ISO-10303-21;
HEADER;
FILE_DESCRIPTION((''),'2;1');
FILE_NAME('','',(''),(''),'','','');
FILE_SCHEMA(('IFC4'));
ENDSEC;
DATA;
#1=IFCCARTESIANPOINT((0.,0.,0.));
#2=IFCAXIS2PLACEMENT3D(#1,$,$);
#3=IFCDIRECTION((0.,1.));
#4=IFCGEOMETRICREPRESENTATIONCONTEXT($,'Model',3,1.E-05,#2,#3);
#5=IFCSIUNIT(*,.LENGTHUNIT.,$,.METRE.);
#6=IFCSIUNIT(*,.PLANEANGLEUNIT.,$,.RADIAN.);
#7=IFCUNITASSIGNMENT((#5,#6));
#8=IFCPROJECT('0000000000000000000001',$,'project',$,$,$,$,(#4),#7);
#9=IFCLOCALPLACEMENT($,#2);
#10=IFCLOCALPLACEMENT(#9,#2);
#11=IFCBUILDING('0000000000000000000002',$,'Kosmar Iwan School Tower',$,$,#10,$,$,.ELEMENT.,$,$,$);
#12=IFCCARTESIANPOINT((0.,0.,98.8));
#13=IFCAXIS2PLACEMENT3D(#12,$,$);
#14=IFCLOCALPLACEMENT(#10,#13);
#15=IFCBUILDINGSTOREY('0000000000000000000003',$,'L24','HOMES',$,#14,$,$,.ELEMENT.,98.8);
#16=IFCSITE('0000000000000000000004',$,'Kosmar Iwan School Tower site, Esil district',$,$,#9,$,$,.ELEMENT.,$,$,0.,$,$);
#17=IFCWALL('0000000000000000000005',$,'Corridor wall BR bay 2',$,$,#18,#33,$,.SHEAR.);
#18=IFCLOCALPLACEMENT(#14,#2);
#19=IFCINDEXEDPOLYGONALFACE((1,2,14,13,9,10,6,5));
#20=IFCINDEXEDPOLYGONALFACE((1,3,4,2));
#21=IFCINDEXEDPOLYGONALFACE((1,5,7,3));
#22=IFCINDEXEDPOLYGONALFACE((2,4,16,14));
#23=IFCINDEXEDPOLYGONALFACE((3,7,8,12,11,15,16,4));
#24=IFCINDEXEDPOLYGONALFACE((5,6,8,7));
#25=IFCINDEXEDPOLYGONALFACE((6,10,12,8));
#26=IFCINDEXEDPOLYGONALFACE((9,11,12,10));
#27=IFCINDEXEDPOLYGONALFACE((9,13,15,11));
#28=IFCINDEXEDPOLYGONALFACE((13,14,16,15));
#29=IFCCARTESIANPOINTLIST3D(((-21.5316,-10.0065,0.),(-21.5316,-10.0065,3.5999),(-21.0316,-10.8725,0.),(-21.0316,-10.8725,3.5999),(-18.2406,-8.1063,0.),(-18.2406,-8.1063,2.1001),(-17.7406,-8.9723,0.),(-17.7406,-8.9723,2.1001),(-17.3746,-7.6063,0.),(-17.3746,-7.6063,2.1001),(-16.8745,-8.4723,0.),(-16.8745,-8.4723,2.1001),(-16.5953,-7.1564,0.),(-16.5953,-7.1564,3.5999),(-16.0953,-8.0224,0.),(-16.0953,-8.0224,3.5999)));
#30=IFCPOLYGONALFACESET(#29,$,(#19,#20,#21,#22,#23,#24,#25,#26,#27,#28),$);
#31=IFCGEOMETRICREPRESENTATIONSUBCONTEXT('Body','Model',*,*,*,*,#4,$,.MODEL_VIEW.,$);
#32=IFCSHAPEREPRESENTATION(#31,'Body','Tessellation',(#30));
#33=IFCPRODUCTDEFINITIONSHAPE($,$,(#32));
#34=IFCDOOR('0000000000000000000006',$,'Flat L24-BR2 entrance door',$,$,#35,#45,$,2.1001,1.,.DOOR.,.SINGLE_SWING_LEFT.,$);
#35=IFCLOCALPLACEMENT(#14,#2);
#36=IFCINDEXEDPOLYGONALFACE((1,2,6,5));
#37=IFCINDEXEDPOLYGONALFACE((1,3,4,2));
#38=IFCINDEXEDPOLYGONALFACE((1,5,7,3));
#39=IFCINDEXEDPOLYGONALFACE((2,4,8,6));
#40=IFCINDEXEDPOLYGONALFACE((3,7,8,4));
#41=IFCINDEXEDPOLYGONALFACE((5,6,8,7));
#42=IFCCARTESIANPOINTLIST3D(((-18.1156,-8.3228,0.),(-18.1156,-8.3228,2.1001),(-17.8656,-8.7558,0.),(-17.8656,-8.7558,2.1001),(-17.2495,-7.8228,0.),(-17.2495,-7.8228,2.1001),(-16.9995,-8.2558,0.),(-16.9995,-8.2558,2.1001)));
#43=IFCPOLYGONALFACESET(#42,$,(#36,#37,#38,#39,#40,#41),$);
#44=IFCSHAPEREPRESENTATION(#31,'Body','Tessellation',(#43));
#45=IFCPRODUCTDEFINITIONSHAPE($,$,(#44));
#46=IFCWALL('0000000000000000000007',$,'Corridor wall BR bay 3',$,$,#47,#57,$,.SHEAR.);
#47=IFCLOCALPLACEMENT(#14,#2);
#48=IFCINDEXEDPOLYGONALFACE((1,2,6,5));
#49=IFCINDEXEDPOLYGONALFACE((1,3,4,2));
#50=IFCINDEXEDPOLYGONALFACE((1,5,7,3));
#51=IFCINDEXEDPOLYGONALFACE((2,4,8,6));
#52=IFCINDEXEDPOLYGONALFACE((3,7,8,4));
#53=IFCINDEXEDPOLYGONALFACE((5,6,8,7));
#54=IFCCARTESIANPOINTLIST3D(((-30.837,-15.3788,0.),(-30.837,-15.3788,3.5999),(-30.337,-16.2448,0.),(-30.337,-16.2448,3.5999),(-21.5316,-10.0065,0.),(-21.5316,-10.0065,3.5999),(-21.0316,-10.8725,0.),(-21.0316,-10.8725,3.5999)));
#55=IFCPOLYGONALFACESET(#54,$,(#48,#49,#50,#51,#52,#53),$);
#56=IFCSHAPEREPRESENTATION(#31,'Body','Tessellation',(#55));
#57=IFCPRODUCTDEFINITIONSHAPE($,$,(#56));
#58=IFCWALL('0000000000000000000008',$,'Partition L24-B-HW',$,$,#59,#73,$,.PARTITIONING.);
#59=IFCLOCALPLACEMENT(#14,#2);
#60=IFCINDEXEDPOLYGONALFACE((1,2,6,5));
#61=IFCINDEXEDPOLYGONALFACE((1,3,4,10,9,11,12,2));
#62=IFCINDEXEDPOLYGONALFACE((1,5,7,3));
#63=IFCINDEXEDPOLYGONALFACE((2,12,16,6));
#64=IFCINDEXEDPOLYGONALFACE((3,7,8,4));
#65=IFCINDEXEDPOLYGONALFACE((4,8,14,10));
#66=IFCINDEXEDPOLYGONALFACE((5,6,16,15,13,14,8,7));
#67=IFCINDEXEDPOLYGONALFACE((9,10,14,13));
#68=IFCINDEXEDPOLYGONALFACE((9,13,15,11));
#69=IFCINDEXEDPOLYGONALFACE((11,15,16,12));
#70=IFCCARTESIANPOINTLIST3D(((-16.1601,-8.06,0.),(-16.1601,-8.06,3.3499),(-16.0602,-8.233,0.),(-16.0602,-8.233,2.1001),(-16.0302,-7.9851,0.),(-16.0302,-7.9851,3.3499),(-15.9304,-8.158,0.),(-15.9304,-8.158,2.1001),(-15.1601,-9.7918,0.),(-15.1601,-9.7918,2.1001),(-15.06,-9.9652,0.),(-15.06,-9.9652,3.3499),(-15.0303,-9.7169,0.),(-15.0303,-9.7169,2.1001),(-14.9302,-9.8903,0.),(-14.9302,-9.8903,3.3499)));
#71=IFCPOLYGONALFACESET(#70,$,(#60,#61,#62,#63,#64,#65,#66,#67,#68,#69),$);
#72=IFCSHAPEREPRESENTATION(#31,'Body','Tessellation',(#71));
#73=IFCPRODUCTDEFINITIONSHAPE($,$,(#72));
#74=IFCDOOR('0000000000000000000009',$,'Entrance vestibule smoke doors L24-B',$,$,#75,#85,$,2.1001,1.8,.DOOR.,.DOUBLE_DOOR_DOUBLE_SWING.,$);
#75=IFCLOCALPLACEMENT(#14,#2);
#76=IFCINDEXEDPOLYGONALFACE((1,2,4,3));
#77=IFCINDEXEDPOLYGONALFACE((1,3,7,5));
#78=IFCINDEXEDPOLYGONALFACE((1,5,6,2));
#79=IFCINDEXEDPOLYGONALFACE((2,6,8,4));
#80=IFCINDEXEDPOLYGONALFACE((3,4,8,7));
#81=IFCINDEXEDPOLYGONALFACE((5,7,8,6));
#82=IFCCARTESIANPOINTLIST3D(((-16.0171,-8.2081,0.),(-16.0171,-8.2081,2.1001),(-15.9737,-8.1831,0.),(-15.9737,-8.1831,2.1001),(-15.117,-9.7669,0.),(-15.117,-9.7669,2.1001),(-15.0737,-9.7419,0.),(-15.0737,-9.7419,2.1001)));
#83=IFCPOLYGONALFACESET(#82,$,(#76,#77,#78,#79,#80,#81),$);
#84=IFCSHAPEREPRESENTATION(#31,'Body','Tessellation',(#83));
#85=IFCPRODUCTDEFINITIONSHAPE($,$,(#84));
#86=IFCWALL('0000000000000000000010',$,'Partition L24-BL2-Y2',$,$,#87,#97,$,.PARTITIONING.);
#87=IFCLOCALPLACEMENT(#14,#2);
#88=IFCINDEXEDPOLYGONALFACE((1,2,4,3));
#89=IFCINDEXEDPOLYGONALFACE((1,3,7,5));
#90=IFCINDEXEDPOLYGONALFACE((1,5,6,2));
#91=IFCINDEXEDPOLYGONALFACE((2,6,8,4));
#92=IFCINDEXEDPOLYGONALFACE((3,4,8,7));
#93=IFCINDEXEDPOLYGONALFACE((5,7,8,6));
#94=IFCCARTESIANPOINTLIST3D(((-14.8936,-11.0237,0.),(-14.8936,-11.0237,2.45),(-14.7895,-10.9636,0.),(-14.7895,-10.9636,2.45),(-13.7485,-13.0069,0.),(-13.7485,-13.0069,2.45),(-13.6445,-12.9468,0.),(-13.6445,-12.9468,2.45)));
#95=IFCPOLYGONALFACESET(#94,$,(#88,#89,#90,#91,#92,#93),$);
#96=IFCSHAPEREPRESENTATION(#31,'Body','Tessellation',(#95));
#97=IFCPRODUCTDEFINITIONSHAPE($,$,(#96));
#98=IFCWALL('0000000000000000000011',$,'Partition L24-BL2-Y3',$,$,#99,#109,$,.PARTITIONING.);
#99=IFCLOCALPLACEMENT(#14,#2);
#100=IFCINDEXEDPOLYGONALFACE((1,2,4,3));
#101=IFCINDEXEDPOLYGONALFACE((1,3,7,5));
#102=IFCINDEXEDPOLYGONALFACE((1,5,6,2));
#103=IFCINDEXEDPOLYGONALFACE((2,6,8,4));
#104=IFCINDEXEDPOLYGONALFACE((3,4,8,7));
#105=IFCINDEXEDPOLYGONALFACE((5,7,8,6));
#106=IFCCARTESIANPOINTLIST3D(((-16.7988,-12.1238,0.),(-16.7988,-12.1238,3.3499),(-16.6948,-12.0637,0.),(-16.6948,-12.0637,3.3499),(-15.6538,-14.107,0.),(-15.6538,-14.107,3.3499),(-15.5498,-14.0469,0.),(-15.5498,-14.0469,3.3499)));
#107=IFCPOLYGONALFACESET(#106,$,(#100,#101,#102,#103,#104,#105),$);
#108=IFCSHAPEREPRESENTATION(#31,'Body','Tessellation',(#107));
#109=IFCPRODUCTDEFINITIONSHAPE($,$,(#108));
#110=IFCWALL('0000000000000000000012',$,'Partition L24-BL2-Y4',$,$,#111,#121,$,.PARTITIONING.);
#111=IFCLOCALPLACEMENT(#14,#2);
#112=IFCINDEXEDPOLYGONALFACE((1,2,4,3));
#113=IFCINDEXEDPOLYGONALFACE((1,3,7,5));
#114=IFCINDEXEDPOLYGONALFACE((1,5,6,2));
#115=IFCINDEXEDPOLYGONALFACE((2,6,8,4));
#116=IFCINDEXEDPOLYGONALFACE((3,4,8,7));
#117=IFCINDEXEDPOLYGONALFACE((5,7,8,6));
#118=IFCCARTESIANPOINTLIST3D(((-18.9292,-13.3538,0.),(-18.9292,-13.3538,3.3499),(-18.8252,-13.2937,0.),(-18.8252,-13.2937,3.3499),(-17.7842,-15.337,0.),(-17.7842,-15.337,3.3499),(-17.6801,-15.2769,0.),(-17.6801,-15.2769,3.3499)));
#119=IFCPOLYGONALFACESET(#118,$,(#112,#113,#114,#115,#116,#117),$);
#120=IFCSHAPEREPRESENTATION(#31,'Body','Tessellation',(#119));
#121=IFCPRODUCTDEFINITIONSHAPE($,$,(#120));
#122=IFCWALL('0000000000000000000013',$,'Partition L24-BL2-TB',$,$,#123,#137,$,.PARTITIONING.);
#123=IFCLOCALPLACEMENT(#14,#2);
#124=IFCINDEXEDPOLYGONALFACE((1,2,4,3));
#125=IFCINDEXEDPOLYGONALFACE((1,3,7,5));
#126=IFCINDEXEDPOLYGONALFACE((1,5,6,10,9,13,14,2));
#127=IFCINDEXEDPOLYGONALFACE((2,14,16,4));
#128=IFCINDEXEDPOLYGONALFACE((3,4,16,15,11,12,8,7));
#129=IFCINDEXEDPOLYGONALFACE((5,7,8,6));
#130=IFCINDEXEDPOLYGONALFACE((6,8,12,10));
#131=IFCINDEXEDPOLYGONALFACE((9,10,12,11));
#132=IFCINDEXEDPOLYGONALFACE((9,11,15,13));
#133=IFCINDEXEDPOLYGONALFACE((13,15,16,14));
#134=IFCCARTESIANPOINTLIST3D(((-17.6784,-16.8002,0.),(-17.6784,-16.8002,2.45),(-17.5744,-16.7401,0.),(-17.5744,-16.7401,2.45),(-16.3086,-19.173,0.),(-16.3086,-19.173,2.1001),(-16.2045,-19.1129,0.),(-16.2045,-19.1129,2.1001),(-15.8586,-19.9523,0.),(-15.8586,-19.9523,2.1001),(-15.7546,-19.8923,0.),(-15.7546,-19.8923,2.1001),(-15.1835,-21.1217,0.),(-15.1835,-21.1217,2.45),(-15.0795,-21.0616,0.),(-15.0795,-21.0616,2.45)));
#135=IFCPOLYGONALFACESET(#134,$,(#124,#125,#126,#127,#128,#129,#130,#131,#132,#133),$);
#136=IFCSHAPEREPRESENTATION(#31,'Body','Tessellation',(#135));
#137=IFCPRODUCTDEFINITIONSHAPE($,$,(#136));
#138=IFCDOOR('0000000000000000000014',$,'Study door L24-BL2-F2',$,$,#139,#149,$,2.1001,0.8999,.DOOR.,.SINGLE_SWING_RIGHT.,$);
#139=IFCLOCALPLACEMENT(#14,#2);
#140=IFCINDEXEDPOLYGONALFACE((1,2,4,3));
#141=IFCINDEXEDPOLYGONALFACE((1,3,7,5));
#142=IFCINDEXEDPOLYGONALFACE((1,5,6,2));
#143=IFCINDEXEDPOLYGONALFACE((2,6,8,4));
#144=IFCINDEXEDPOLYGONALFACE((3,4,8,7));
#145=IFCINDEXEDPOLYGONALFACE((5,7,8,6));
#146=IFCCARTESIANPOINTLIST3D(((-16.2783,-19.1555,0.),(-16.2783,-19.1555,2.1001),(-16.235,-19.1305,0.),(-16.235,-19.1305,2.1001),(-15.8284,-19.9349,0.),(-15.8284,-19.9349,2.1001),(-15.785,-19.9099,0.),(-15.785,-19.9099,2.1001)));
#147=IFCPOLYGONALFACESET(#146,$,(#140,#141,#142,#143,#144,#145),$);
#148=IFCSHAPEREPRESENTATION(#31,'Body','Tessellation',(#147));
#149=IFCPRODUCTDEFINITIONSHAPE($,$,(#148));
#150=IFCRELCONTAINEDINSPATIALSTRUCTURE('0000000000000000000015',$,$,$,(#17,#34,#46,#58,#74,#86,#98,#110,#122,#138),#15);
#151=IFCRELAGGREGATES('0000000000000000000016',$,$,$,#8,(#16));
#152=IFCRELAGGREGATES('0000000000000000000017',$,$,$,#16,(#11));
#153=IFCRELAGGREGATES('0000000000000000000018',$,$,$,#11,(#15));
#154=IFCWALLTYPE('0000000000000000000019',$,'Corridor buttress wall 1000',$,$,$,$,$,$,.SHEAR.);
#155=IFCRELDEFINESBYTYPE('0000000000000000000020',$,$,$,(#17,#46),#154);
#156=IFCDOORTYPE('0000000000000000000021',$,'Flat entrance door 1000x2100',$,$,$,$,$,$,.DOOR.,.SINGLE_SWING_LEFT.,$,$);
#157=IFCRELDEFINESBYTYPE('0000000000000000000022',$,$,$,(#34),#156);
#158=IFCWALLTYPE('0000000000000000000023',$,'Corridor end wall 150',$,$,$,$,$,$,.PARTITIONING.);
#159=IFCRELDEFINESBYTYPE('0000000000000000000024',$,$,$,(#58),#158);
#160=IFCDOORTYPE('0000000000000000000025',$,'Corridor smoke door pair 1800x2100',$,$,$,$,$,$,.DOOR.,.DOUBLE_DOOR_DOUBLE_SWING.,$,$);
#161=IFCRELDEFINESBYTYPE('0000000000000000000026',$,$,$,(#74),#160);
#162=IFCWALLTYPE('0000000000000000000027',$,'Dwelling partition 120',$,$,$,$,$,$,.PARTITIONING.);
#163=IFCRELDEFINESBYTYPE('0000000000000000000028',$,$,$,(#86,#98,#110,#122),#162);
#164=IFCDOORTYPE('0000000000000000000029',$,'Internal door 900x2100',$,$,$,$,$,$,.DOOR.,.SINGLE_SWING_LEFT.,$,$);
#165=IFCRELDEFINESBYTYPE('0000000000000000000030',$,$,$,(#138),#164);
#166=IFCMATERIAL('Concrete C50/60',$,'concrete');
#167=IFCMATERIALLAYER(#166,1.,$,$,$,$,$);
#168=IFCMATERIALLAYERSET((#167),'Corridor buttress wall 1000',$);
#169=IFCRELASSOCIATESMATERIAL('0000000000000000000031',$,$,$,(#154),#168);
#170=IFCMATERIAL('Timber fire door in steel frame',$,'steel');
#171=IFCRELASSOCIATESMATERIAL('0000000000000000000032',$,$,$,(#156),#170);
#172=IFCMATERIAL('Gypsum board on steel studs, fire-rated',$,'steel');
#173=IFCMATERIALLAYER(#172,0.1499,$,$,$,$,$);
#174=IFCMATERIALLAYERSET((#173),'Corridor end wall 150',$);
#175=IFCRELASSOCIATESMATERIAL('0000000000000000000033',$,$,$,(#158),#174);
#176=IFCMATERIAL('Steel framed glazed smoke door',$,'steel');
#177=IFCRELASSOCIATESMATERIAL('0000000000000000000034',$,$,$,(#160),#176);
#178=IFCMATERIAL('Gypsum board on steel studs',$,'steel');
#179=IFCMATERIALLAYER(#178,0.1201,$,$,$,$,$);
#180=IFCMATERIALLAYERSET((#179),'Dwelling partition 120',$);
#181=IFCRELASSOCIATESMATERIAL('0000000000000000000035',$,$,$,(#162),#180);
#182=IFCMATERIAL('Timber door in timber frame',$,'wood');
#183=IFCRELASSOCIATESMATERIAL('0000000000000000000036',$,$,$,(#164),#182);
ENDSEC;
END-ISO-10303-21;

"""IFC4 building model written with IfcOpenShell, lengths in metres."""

from ifc_helpers import new_model, si_unit, direction, frame, frame_2d, origin, place, context, subcontext, project, spatial, rectangle, extrude, material, layer, layer_set, type_object, element, fill, save


model = new_model("IFC4")

# Units and contexts
model_context = context("Model", 3, precision=1e-05, world=origin(), true_north=direction((0.0, 1.0)))
body_context = subcontext(model_context, "Body", "Model", "MODEL_VIEW")
ifc_project = project(units=[si_unit("LENGTHUNIT", "METRE"), si_unit("PLANEANGLEUNIT", "RADIAN")], contexts=[model_context])

# Site, building, storey
site_placement = place(None, origin())
site = spatial("IfcSite", under=ifc_project, at=site_placement, Name="Kosmar Iwan School Tower site, Esil district", CompositionType="ELEMENT", RefElevation=0.0)
building_placement = place(site_placement, origin())
building = spatial("IfcBuilding", under=site, at=building_placement, Name="Kosmar Iwan School Tower", CompositionType="ELEMENT")
storey_placement = place(building_placement, frame((0.0, 0.0, 98.8)))
storey = spatial("IfcBuildingStorey", under=building, at=storey_placement, Name="L24", Description="HOMES", CompositionType="ELEMENT", Elevation=98.8)

# Wall, opening, door
ifc_material_1 = material(Name="Concrete C50/60", Category="concrete")
ifc_layer_1 = layer(ifc_material_1, 1.0)
ifc_layer_set_1 = layer_set([ifc_layer_1], Name="Corridor buttress wall 1000")
wall_type_1 = type_object("IfcWallType", Name="Corridor buttress wall 1000", PredefinedType="SHEAR", material=ifc_layer_set_1)
ifc_material_2 = material(Name="Timber fire door in steel frame", Category="steel")
door_type_1 = type_object("IfcDoorType", Name="Flat entrance door 1000x2100", OperationType="SINGLE_SWING_LEFT", PredefinedType="DOOR", material=ifc_material_2)
wall_1_placement = place(storey_placement, frame((-16.3452, -7.5894, 0.0), z_axis=(0.0, 0.0, 1.0), x_axis=(-0.866015, -0.500018, 0.0)))
wall_1 = element("IfcWall", 1, at=wall_1_placement, inside=storey, type_object=wall_type_1, Name="Corridor wall BR bay 2", PredefinedType="SHEAR", context=body_context, shape_type="SweptSolid", body=[
    extrude(rectangle(XDim=5.7, YDim=1.0, at=frame_2d((2.8501, 0.0))), origin(), (0.0, 0.0, 1.0), 3.5999),
])
opening_1_placement = place(wall_1_placement, frame((0.8999, 0.0, 0.0)))
opening_1 = element("IfcOpeningElement", 2, at=opening_1_placement, cuts=wall_1, PredefinedType="OPENING", context=body_context, shape_type="SweptSolid", body=[
    extrude(rectangle(XDim=1.0, YDim=2.1001, at=frame_2d((0.5, 1.05))), frame((0.0, 0.512, 0.0), z_axis=(0.0, -1.0, 0.0), x_axis=(1.0, 0.0, 0.0)), (0.0, 0.0, 1.0), 1.0239),
])
door_1_placement = place(opening_1_placement, origin())
door_1 = element("IfcDoor", 3, at=door_1_placement, inside=storey, type_object=door_type_1, Name="Flat L24-BR2 entrance door", OperationType="SINGLE_SWING_LEFT", OverallHeight=2.1001, OverallWidth=1.0, PredefinedType="DOOR", context=body_context, shape_type="SweptSolid", body=[
    extrude(rectangle(XDim=1.0, YDim=2.1001, at=frame_2d((0.5, 1.05))), frame((0.0, 0.25, 0.0), z_axis=(0.0, -1.0, 0.0), x_axis=(1.0, 0.0, 0.0)), (0.0, 0.0, 1.0), 0.5),
])
fill(opening_1, door_1)

# Wall
wall_2_placement = place(storey_placement, frame((-21.2815, -10.4395, 0.0), z_axis=(0.0, 0.0, 1.0), x_axis=(-0.866032, -0.499988, 0.0)))
element("IfcWall", 4, at=wall_2_placement, inside=storey, type_object=wall_type_1, Name="Corridor wall BR bay 3", PredefinedType="SHEAR", context=body_context, shape_type="SweptSolid", body=[
    extrude(rectangle(XDim=10.7449, YDim=1.0, at=frame_2d((5.3726, 0.0))), origin(), (0.0, 0.0, 1.0), 3.5999),
])

# Wall, opening, door
ifc_material_3 = material(Name="Gypsum board on steel studs, fire-rated", Category="steel")
ifc_layer_2 = layer(ifc_material_3, 0.1499)
ifc_layer_set_2 = layer_set([ifc_layer_2], Name="Corridor end wall 150")
wall_type_2 = type_object("IfcWallType", Name="Corridor end wall 150", PredefinedType="PARTITIONING", material=ifc_layer_set_2)
wall_3_placement = place(storey_placement, frame((-16.0952, -8.0225, 0.0), z_axis=(0.0, 0.0, 1.0), x_axis=(0.50003, -0.866008, 0.0)))
wall_3 = element("IfcWall", 5, at=wall_3_placement, inside=storey, type_object=wall_type_2, Name="Partition L24-B-HW", PredefinedType="PARTITIONING", context=body_context, shape_type="SweptSolid", body=[
    extrude(rectangle(XDim=2.2, YDim=0.1499, at=frame_2d((1.1001, 0.0))), origin(), (0.0, 0.0, 1.0), 3.3499),
])
opening_2_placement = place(wall_3_placement, frame((0.2, 0.0, 0.0)))
opening_2 = element("IfcOpeningElement", 6, at=opening_2_placement, cuts=wall_3, PredefinedType="OPENING", context=body_context, shape_type="SweptSolid", body=[
    extrude(rectangle(XDim=1.8, YDim=2.1001, at=frame_2d((0.8999, 1.05))), frame((0.0, 0.0869, 0.0), z_axis=(0.0, -1.0, 0.0), x_axis=(1.0, 0.0, 0.0)), (0.0, 0.0, 1.0), 0.1738),
])
ifc_material_4 = material(Name="Steel framed glazed smoke door", Category="steel")
door_type_2 = type_object("IfcDoorType", Name="Corridor smoke door pair 1800x2100", OperationType="DOUBLE_DOOR_DOUBLE_SWING", PredefinedType="DOOR", material=ifc_material_4)
door_2_placement = place(opening_2_placement, origin())
door_2 = element("IfcDoor", 7, at=door_2_placement, inside=storey, type_object=door_type_2, Name="Entrance vestibule smoke doors L24-B", OperationType="DOUBLE_DOOR_DOUBLE_SWING", OverallHeight=2.1001, OverallWidth=1.8, PredefinedType="DOOR", context=body_context, shape_type="SweptSolid", body=[
    extrude(rectangle(XDim=1.8, YDim=2.1001, at=frame_2d((0.8999, 1.05))), frame((0.0, 0.0249, 0.0), z_axis=(0.0, -1.0, 0.0), x_axis=(1.0, 0.0, 0.0)), (0.0, 0.0, 1.0), 0.05),
])
fill(opening_2, door_2)

# Walls
ifc_material_5 = material(Name="Gypsum board on steel studs", Category="steel")
ifc_layer_3 = layer(ifc_material_5, 0.1201)
ifc_layer_set_3 = layer_set([ifc_layer_3], Name="Dwelling partition 120")
wall_type_3 = type_object("IfcWallType", Name="Dwelling partition 120", PredefinedType="PARTITIONING", material=ifc_layer_set_3)
wall_4_placement = place(storey_placement, frame((-14.8416, -10.9937, 0.0), z_axis=(0.0, 0.0, 1.0), x_axis=(0.500015, -0.866017, 0.0)))
element("IfcWall", 8, at=wall_4_placement, inside=storey, type_object=wall_type_3, Name="Partition L24-BL2-Y2", PredefinedType="PARTITIONING", context=body_context, shape_type="SweptSolid", body=[
    extrude(rectangle(XDim=2.29, YDim=0.1201, at=frame_2d((1.145, 0.0))), origin(), (0.0, 0.0, 1.0), 2.45),
])
for number, where, z_axis, x_axis, name in (
    (9, (-16.7468, -12.0938, 0.0), (0.0, 0.0, 1.0), (0.500015, -0.866017, 0.0), "Partition L24-BL2-Y3"),
    (10, (-18.8772, -13.3237, 0.0), (0.0, 0.0, 1.0), (0.500015, -0.866017, 0.0), "Partition L24-BL2-Y4"),
):
    element("IfcWall", number, at=place(storey_placement, frame(where, z_axis=z_axis, x_axis=x_axis)), inside=storey, type_object=wall_type_3, Name=name, PredefinedType="PARTITIONING", context=body_context, shape_type="SweptSolid", body=[
        extrude(rectangle(XDim=2.29, YDim=0.1201, at=frame_2d((1.145, 0.0))), origin(), (0.0, 0.0, 1.0), 3.3499),
    ])

# Wall, opening, door
wall_5_placement = place(storey_placement, frame((-17.6265, -16.77, 0.0), z_axis=(0.0, 0.0, 1.0), x_axis=(0.499975, -0.86604, 0.0)))
wall_5 = element("IfcWall", 11, at=wall_5_placement, inside=storey, type_object=wall_type_3, Name="Partition L24-BL2-TB", PredefinedType="PARTITIONING", context=body_context, shape_type="SweptSolid", body=[
    extrude(rectangle(XDim=4.99, YDim=0.1201, at=frame_2d((2.4951, 0.0))), origin(), (0.0, 0.0, 1.0), 2.45),
])
opening_3_placement = place(wall_5_placement, frame((2.74, 0.0, 0.0)))
opening_3 = element("IfcOpeningElement", 12, at=opening_3_placement, cuts=wall_5, PredefinedType="OPENING", context=body_context, shape_type="SweptSolid", body=[
    extrude(rectangle(XDim=0.8999, YDim=2.1001, at=frame_2d((0.45, 1.05))), frame((0.0, 0.072, 0.0), z_axis=(0.0, -1.0, 0.0), x_axis=(1.0, 0.0, 0.0)), (0.0, 0.0, 1.0), 0.144),
])
ifc_material_6 = material(Name="Timber door in timber frame", Category="wood")
door_type_3 = type_object("IfcDoorType", Name="Internal door 900x2100", OperationType="SINGLE_SWING_LEFT", PredefinedType="DOOR", material=ifc_material_6)
door_3_placement = place(opening_3_placement, origin())
door_3 = element("IfcDoor", 13, at=door_3_placement, inside=storey, type_object=door_type_3, Name="Study door L24-BL2-F2", OperationType="SINGLE_SWING_RIGHT", OverallHeight=2.1001, OverallWidth=0.8999, PredefinedType="DOOR", context=body_context, shape_type="SweptSolid", body=[
    extrude(rectangle(XDim=0.8999, YDim=2.1001, at=frame_2d((0.45, 1.05))), frame((0.0, 0.0249, 0.0), z_axis=(0.0, -1.0, 0.0), x_axis=(1.0, 0.0, 0.0)), (0.0, 0.0, 1.0), 0.05),
])
fill(opening_3, door_3)

save(model, "model.ifc")
